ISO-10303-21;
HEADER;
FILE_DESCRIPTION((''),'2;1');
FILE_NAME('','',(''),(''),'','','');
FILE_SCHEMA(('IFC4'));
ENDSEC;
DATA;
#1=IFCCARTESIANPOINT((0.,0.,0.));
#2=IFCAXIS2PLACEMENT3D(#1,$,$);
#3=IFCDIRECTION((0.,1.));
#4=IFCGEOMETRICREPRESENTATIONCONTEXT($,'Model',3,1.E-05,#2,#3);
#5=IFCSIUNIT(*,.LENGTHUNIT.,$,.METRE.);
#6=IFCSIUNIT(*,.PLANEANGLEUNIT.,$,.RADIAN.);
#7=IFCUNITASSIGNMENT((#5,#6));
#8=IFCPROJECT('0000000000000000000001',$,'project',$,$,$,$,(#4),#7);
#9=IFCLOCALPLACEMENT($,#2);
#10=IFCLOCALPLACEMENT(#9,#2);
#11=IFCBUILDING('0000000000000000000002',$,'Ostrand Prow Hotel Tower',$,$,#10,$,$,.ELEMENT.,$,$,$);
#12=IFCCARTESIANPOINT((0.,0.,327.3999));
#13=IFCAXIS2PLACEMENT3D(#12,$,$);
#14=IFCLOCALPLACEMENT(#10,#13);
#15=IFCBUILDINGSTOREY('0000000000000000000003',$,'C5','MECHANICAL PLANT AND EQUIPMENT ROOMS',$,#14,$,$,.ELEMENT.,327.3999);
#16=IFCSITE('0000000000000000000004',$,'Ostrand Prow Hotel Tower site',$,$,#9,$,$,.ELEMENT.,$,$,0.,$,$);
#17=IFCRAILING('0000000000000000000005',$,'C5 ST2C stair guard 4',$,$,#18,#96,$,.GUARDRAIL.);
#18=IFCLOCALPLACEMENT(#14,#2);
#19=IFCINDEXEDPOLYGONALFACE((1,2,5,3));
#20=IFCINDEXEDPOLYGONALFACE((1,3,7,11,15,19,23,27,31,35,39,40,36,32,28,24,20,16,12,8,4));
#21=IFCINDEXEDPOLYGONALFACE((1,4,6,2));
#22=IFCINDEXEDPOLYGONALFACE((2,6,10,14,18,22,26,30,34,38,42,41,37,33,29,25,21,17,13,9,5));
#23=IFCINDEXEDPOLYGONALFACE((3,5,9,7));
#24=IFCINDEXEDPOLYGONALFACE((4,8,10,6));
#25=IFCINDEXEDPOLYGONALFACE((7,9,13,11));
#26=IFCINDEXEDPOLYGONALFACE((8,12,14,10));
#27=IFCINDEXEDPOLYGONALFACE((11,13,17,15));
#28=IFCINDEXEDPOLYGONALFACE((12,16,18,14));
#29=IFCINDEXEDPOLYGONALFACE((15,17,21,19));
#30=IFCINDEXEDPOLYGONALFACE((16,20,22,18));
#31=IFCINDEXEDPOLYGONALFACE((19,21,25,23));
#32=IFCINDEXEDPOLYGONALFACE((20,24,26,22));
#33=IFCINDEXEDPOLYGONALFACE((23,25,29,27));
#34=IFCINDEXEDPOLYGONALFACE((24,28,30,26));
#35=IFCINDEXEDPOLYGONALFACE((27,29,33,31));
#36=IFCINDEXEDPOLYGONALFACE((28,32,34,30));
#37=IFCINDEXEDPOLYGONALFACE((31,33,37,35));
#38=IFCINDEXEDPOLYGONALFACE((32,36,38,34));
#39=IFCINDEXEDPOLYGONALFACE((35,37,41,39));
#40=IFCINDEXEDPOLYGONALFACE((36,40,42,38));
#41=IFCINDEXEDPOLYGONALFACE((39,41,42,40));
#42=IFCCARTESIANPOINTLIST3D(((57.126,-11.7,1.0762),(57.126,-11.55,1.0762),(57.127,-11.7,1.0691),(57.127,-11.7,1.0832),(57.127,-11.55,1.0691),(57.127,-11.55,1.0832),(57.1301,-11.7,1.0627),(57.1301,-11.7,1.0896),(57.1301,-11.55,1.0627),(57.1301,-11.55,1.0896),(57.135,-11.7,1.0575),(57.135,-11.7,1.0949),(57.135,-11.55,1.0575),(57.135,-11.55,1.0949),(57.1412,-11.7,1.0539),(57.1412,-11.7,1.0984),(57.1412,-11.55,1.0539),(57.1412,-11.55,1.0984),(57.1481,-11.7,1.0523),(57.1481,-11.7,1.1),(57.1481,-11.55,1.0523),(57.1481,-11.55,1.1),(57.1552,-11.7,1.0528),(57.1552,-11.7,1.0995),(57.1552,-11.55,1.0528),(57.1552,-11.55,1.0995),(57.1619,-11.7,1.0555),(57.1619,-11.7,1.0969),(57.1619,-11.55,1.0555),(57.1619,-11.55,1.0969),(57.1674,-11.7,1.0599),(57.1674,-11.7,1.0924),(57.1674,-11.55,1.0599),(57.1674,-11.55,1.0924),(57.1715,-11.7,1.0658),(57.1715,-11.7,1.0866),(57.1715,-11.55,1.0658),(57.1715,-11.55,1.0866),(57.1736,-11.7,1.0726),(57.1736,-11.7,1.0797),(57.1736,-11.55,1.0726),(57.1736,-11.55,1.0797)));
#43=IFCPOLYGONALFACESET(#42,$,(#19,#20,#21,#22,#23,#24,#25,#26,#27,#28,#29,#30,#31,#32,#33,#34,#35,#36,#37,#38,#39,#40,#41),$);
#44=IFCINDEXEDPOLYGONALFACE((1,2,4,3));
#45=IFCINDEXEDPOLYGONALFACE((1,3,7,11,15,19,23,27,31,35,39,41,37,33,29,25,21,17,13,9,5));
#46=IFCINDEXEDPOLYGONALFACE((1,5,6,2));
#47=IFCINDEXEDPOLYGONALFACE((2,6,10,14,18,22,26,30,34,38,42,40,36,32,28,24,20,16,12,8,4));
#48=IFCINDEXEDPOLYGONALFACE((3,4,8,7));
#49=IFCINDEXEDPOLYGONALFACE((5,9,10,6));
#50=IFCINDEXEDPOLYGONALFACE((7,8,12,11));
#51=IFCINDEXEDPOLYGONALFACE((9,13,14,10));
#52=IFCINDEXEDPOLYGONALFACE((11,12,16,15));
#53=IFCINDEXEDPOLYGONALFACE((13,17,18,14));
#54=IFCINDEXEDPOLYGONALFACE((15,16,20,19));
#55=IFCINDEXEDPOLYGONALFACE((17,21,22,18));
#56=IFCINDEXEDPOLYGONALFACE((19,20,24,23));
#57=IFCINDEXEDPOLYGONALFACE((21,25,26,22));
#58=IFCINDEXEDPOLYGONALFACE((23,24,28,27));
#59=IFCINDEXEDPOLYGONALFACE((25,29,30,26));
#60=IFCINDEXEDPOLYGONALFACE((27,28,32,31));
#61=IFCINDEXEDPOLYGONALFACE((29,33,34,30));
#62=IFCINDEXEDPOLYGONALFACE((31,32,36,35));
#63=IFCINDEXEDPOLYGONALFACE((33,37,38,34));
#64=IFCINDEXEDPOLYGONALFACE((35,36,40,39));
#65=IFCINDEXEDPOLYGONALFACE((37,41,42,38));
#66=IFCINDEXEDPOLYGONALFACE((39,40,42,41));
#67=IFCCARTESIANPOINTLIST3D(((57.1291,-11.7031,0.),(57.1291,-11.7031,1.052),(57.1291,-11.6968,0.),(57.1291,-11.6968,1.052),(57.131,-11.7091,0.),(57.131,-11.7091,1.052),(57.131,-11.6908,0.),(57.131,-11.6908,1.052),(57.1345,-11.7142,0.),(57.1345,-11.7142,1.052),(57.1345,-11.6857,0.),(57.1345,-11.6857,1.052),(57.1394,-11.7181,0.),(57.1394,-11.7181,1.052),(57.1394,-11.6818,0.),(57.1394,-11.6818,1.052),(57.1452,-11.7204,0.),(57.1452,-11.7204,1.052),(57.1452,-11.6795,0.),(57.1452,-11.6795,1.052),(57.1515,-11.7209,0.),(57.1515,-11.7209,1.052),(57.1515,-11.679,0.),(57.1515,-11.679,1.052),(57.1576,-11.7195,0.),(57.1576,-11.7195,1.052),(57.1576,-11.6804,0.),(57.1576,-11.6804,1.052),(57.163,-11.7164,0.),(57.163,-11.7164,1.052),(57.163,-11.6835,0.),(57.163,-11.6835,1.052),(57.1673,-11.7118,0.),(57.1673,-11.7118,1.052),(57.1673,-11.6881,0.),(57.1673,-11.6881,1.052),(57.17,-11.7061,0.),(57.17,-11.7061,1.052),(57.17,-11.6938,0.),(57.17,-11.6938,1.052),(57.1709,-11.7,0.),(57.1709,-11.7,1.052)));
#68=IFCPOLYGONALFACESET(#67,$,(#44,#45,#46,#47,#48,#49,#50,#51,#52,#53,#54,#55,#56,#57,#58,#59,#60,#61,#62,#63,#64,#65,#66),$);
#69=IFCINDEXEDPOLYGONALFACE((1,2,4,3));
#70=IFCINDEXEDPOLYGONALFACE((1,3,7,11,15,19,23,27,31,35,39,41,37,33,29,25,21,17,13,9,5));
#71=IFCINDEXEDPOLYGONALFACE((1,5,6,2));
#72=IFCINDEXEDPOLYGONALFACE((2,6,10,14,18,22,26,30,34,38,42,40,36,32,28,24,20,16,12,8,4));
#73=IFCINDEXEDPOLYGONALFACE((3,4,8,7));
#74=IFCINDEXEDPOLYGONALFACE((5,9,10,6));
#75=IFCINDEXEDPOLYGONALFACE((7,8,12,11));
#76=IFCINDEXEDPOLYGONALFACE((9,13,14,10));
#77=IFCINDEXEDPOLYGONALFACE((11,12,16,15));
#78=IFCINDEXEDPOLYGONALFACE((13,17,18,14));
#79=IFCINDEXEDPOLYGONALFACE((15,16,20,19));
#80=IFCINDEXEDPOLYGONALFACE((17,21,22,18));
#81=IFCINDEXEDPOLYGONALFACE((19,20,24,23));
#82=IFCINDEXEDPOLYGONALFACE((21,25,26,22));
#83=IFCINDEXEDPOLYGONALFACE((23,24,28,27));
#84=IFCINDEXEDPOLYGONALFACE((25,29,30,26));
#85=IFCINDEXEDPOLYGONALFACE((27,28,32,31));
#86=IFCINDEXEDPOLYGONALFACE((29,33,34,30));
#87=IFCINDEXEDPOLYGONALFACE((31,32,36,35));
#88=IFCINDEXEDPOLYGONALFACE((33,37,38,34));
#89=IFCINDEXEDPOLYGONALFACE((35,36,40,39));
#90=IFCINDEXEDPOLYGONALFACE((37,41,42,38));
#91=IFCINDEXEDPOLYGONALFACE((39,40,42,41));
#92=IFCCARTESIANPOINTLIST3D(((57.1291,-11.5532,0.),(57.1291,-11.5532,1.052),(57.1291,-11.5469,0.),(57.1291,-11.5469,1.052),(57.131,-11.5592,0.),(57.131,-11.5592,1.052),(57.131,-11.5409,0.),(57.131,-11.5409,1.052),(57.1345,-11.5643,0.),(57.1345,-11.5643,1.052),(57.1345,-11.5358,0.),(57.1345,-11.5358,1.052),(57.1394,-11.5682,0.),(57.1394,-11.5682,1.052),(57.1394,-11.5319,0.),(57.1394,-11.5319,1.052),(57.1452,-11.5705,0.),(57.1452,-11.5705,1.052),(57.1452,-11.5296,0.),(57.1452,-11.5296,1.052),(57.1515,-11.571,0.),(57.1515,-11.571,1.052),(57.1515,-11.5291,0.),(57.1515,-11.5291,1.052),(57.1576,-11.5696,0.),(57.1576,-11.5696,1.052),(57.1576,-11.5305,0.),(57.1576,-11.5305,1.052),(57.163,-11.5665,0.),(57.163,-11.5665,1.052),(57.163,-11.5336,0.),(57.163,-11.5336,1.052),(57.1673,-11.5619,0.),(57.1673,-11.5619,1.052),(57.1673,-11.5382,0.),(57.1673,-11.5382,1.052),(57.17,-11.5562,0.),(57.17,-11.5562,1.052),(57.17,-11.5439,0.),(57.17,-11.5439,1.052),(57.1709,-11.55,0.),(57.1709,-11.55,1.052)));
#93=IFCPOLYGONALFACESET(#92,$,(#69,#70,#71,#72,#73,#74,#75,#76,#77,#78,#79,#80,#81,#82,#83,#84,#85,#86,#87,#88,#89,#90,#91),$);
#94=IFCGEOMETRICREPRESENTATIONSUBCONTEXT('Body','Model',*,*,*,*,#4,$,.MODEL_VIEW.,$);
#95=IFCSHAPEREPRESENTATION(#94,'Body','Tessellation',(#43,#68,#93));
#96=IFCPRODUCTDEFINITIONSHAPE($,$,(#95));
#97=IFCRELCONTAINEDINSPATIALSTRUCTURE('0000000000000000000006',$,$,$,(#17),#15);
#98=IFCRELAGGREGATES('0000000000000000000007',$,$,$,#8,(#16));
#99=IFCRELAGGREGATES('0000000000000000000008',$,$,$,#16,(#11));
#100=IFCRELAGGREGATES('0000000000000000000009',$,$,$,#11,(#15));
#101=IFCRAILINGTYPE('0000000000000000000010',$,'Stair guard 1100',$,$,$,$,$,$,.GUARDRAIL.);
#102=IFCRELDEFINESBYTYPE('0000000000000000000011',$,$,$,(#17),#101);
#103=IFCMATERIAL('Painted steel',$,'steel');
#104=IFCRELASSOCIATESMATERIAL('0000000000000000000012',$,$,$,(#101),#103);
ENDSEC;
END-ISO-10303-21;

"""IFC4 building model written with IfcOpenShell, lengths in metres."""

from ifc_helpers import new_model, si_unit, direction, frame, origin, origin_2d, place, context, subcontext, project, spatial, circle, extrude, material, type_object, element, save


model = new_model("IFC4")

# Units and contexts
model_context = context("Model", 3, precision=1e-05, world=origin(), true_north=direction((0.0, 1.0)))
body_context = subcontext(model_context, "Body", "Model", "MODEL_VIEW")
ifc_project = project(units=[si_unit("LENGTHUNIT", "METRE"), si_unit("PLANEANGLEUNIT", "RADIAN")], contexts=[model_context])

# Site, building, storey
site_placement = place(None, origin())
site = spatial("IfcSite", under=ifc_project, at=site_placement, Name="Ostrand Prow Hotel Tower site", CompositionType="ELEMENT", RefElevation=0.0)
building_placement = place(site_placement, origin())
building = spatial("IfcBuilding", under=site, at=building_placement, Name="Ostrand Prow Hotel Tower", CompositionType="ELEMENT")
storey_placement = place(building_placement, frame((0.0, 0.0, 327.3999)))
storey = spatial("IfcBuildingStorey", under=building, at=storey_placement, Name="C5", Description="MECHANICAL PLANT AND EQUIPMENT ROOMS", CompositionType="ELEMENT", Elevation=327.3999)

# Railing
ifc_material_1 = material(Name="Painted steel", Category="steel")
railing_type_1 = type_object("IfcRailingType", Name="Stair guard 1100", PredefinedType="GUARDRAIL", material=ifc_material_1)
railing_1_placement = place(storey_placement, frame((57.1499, -11.7, 0.0)))
element("IfcRailing", 1, at=railing_1_placement, inside=storey, type_object=railing_type_1, Name="C5 ST2C stair guard 4", PredefinedType="GUARDRAIL", context=body_context, shape_type="SweptSolid", body=[
    extrude(circle(Radius=0.0239, at=origin_2d()), frame((0.0, 0.0, 1.0762), z_axis=(0.0, 1.0, 0.0), x_axis=(-1.0, 0.0, 0.0)), (0.0, 0.0, 1.0), 0.1499),
    extrude(circle(Radius=0.021, at=origin_2d()), origin(), (0.0, 0.0, 1.0), 1.052),
    extrude(circle(Radius=0.021, at=origin_2d()), frame((0.0, 0.1499, 0.0)), (0.0, 0.0, 1.0), 1.052),
])

save(model, "model.ifc")
